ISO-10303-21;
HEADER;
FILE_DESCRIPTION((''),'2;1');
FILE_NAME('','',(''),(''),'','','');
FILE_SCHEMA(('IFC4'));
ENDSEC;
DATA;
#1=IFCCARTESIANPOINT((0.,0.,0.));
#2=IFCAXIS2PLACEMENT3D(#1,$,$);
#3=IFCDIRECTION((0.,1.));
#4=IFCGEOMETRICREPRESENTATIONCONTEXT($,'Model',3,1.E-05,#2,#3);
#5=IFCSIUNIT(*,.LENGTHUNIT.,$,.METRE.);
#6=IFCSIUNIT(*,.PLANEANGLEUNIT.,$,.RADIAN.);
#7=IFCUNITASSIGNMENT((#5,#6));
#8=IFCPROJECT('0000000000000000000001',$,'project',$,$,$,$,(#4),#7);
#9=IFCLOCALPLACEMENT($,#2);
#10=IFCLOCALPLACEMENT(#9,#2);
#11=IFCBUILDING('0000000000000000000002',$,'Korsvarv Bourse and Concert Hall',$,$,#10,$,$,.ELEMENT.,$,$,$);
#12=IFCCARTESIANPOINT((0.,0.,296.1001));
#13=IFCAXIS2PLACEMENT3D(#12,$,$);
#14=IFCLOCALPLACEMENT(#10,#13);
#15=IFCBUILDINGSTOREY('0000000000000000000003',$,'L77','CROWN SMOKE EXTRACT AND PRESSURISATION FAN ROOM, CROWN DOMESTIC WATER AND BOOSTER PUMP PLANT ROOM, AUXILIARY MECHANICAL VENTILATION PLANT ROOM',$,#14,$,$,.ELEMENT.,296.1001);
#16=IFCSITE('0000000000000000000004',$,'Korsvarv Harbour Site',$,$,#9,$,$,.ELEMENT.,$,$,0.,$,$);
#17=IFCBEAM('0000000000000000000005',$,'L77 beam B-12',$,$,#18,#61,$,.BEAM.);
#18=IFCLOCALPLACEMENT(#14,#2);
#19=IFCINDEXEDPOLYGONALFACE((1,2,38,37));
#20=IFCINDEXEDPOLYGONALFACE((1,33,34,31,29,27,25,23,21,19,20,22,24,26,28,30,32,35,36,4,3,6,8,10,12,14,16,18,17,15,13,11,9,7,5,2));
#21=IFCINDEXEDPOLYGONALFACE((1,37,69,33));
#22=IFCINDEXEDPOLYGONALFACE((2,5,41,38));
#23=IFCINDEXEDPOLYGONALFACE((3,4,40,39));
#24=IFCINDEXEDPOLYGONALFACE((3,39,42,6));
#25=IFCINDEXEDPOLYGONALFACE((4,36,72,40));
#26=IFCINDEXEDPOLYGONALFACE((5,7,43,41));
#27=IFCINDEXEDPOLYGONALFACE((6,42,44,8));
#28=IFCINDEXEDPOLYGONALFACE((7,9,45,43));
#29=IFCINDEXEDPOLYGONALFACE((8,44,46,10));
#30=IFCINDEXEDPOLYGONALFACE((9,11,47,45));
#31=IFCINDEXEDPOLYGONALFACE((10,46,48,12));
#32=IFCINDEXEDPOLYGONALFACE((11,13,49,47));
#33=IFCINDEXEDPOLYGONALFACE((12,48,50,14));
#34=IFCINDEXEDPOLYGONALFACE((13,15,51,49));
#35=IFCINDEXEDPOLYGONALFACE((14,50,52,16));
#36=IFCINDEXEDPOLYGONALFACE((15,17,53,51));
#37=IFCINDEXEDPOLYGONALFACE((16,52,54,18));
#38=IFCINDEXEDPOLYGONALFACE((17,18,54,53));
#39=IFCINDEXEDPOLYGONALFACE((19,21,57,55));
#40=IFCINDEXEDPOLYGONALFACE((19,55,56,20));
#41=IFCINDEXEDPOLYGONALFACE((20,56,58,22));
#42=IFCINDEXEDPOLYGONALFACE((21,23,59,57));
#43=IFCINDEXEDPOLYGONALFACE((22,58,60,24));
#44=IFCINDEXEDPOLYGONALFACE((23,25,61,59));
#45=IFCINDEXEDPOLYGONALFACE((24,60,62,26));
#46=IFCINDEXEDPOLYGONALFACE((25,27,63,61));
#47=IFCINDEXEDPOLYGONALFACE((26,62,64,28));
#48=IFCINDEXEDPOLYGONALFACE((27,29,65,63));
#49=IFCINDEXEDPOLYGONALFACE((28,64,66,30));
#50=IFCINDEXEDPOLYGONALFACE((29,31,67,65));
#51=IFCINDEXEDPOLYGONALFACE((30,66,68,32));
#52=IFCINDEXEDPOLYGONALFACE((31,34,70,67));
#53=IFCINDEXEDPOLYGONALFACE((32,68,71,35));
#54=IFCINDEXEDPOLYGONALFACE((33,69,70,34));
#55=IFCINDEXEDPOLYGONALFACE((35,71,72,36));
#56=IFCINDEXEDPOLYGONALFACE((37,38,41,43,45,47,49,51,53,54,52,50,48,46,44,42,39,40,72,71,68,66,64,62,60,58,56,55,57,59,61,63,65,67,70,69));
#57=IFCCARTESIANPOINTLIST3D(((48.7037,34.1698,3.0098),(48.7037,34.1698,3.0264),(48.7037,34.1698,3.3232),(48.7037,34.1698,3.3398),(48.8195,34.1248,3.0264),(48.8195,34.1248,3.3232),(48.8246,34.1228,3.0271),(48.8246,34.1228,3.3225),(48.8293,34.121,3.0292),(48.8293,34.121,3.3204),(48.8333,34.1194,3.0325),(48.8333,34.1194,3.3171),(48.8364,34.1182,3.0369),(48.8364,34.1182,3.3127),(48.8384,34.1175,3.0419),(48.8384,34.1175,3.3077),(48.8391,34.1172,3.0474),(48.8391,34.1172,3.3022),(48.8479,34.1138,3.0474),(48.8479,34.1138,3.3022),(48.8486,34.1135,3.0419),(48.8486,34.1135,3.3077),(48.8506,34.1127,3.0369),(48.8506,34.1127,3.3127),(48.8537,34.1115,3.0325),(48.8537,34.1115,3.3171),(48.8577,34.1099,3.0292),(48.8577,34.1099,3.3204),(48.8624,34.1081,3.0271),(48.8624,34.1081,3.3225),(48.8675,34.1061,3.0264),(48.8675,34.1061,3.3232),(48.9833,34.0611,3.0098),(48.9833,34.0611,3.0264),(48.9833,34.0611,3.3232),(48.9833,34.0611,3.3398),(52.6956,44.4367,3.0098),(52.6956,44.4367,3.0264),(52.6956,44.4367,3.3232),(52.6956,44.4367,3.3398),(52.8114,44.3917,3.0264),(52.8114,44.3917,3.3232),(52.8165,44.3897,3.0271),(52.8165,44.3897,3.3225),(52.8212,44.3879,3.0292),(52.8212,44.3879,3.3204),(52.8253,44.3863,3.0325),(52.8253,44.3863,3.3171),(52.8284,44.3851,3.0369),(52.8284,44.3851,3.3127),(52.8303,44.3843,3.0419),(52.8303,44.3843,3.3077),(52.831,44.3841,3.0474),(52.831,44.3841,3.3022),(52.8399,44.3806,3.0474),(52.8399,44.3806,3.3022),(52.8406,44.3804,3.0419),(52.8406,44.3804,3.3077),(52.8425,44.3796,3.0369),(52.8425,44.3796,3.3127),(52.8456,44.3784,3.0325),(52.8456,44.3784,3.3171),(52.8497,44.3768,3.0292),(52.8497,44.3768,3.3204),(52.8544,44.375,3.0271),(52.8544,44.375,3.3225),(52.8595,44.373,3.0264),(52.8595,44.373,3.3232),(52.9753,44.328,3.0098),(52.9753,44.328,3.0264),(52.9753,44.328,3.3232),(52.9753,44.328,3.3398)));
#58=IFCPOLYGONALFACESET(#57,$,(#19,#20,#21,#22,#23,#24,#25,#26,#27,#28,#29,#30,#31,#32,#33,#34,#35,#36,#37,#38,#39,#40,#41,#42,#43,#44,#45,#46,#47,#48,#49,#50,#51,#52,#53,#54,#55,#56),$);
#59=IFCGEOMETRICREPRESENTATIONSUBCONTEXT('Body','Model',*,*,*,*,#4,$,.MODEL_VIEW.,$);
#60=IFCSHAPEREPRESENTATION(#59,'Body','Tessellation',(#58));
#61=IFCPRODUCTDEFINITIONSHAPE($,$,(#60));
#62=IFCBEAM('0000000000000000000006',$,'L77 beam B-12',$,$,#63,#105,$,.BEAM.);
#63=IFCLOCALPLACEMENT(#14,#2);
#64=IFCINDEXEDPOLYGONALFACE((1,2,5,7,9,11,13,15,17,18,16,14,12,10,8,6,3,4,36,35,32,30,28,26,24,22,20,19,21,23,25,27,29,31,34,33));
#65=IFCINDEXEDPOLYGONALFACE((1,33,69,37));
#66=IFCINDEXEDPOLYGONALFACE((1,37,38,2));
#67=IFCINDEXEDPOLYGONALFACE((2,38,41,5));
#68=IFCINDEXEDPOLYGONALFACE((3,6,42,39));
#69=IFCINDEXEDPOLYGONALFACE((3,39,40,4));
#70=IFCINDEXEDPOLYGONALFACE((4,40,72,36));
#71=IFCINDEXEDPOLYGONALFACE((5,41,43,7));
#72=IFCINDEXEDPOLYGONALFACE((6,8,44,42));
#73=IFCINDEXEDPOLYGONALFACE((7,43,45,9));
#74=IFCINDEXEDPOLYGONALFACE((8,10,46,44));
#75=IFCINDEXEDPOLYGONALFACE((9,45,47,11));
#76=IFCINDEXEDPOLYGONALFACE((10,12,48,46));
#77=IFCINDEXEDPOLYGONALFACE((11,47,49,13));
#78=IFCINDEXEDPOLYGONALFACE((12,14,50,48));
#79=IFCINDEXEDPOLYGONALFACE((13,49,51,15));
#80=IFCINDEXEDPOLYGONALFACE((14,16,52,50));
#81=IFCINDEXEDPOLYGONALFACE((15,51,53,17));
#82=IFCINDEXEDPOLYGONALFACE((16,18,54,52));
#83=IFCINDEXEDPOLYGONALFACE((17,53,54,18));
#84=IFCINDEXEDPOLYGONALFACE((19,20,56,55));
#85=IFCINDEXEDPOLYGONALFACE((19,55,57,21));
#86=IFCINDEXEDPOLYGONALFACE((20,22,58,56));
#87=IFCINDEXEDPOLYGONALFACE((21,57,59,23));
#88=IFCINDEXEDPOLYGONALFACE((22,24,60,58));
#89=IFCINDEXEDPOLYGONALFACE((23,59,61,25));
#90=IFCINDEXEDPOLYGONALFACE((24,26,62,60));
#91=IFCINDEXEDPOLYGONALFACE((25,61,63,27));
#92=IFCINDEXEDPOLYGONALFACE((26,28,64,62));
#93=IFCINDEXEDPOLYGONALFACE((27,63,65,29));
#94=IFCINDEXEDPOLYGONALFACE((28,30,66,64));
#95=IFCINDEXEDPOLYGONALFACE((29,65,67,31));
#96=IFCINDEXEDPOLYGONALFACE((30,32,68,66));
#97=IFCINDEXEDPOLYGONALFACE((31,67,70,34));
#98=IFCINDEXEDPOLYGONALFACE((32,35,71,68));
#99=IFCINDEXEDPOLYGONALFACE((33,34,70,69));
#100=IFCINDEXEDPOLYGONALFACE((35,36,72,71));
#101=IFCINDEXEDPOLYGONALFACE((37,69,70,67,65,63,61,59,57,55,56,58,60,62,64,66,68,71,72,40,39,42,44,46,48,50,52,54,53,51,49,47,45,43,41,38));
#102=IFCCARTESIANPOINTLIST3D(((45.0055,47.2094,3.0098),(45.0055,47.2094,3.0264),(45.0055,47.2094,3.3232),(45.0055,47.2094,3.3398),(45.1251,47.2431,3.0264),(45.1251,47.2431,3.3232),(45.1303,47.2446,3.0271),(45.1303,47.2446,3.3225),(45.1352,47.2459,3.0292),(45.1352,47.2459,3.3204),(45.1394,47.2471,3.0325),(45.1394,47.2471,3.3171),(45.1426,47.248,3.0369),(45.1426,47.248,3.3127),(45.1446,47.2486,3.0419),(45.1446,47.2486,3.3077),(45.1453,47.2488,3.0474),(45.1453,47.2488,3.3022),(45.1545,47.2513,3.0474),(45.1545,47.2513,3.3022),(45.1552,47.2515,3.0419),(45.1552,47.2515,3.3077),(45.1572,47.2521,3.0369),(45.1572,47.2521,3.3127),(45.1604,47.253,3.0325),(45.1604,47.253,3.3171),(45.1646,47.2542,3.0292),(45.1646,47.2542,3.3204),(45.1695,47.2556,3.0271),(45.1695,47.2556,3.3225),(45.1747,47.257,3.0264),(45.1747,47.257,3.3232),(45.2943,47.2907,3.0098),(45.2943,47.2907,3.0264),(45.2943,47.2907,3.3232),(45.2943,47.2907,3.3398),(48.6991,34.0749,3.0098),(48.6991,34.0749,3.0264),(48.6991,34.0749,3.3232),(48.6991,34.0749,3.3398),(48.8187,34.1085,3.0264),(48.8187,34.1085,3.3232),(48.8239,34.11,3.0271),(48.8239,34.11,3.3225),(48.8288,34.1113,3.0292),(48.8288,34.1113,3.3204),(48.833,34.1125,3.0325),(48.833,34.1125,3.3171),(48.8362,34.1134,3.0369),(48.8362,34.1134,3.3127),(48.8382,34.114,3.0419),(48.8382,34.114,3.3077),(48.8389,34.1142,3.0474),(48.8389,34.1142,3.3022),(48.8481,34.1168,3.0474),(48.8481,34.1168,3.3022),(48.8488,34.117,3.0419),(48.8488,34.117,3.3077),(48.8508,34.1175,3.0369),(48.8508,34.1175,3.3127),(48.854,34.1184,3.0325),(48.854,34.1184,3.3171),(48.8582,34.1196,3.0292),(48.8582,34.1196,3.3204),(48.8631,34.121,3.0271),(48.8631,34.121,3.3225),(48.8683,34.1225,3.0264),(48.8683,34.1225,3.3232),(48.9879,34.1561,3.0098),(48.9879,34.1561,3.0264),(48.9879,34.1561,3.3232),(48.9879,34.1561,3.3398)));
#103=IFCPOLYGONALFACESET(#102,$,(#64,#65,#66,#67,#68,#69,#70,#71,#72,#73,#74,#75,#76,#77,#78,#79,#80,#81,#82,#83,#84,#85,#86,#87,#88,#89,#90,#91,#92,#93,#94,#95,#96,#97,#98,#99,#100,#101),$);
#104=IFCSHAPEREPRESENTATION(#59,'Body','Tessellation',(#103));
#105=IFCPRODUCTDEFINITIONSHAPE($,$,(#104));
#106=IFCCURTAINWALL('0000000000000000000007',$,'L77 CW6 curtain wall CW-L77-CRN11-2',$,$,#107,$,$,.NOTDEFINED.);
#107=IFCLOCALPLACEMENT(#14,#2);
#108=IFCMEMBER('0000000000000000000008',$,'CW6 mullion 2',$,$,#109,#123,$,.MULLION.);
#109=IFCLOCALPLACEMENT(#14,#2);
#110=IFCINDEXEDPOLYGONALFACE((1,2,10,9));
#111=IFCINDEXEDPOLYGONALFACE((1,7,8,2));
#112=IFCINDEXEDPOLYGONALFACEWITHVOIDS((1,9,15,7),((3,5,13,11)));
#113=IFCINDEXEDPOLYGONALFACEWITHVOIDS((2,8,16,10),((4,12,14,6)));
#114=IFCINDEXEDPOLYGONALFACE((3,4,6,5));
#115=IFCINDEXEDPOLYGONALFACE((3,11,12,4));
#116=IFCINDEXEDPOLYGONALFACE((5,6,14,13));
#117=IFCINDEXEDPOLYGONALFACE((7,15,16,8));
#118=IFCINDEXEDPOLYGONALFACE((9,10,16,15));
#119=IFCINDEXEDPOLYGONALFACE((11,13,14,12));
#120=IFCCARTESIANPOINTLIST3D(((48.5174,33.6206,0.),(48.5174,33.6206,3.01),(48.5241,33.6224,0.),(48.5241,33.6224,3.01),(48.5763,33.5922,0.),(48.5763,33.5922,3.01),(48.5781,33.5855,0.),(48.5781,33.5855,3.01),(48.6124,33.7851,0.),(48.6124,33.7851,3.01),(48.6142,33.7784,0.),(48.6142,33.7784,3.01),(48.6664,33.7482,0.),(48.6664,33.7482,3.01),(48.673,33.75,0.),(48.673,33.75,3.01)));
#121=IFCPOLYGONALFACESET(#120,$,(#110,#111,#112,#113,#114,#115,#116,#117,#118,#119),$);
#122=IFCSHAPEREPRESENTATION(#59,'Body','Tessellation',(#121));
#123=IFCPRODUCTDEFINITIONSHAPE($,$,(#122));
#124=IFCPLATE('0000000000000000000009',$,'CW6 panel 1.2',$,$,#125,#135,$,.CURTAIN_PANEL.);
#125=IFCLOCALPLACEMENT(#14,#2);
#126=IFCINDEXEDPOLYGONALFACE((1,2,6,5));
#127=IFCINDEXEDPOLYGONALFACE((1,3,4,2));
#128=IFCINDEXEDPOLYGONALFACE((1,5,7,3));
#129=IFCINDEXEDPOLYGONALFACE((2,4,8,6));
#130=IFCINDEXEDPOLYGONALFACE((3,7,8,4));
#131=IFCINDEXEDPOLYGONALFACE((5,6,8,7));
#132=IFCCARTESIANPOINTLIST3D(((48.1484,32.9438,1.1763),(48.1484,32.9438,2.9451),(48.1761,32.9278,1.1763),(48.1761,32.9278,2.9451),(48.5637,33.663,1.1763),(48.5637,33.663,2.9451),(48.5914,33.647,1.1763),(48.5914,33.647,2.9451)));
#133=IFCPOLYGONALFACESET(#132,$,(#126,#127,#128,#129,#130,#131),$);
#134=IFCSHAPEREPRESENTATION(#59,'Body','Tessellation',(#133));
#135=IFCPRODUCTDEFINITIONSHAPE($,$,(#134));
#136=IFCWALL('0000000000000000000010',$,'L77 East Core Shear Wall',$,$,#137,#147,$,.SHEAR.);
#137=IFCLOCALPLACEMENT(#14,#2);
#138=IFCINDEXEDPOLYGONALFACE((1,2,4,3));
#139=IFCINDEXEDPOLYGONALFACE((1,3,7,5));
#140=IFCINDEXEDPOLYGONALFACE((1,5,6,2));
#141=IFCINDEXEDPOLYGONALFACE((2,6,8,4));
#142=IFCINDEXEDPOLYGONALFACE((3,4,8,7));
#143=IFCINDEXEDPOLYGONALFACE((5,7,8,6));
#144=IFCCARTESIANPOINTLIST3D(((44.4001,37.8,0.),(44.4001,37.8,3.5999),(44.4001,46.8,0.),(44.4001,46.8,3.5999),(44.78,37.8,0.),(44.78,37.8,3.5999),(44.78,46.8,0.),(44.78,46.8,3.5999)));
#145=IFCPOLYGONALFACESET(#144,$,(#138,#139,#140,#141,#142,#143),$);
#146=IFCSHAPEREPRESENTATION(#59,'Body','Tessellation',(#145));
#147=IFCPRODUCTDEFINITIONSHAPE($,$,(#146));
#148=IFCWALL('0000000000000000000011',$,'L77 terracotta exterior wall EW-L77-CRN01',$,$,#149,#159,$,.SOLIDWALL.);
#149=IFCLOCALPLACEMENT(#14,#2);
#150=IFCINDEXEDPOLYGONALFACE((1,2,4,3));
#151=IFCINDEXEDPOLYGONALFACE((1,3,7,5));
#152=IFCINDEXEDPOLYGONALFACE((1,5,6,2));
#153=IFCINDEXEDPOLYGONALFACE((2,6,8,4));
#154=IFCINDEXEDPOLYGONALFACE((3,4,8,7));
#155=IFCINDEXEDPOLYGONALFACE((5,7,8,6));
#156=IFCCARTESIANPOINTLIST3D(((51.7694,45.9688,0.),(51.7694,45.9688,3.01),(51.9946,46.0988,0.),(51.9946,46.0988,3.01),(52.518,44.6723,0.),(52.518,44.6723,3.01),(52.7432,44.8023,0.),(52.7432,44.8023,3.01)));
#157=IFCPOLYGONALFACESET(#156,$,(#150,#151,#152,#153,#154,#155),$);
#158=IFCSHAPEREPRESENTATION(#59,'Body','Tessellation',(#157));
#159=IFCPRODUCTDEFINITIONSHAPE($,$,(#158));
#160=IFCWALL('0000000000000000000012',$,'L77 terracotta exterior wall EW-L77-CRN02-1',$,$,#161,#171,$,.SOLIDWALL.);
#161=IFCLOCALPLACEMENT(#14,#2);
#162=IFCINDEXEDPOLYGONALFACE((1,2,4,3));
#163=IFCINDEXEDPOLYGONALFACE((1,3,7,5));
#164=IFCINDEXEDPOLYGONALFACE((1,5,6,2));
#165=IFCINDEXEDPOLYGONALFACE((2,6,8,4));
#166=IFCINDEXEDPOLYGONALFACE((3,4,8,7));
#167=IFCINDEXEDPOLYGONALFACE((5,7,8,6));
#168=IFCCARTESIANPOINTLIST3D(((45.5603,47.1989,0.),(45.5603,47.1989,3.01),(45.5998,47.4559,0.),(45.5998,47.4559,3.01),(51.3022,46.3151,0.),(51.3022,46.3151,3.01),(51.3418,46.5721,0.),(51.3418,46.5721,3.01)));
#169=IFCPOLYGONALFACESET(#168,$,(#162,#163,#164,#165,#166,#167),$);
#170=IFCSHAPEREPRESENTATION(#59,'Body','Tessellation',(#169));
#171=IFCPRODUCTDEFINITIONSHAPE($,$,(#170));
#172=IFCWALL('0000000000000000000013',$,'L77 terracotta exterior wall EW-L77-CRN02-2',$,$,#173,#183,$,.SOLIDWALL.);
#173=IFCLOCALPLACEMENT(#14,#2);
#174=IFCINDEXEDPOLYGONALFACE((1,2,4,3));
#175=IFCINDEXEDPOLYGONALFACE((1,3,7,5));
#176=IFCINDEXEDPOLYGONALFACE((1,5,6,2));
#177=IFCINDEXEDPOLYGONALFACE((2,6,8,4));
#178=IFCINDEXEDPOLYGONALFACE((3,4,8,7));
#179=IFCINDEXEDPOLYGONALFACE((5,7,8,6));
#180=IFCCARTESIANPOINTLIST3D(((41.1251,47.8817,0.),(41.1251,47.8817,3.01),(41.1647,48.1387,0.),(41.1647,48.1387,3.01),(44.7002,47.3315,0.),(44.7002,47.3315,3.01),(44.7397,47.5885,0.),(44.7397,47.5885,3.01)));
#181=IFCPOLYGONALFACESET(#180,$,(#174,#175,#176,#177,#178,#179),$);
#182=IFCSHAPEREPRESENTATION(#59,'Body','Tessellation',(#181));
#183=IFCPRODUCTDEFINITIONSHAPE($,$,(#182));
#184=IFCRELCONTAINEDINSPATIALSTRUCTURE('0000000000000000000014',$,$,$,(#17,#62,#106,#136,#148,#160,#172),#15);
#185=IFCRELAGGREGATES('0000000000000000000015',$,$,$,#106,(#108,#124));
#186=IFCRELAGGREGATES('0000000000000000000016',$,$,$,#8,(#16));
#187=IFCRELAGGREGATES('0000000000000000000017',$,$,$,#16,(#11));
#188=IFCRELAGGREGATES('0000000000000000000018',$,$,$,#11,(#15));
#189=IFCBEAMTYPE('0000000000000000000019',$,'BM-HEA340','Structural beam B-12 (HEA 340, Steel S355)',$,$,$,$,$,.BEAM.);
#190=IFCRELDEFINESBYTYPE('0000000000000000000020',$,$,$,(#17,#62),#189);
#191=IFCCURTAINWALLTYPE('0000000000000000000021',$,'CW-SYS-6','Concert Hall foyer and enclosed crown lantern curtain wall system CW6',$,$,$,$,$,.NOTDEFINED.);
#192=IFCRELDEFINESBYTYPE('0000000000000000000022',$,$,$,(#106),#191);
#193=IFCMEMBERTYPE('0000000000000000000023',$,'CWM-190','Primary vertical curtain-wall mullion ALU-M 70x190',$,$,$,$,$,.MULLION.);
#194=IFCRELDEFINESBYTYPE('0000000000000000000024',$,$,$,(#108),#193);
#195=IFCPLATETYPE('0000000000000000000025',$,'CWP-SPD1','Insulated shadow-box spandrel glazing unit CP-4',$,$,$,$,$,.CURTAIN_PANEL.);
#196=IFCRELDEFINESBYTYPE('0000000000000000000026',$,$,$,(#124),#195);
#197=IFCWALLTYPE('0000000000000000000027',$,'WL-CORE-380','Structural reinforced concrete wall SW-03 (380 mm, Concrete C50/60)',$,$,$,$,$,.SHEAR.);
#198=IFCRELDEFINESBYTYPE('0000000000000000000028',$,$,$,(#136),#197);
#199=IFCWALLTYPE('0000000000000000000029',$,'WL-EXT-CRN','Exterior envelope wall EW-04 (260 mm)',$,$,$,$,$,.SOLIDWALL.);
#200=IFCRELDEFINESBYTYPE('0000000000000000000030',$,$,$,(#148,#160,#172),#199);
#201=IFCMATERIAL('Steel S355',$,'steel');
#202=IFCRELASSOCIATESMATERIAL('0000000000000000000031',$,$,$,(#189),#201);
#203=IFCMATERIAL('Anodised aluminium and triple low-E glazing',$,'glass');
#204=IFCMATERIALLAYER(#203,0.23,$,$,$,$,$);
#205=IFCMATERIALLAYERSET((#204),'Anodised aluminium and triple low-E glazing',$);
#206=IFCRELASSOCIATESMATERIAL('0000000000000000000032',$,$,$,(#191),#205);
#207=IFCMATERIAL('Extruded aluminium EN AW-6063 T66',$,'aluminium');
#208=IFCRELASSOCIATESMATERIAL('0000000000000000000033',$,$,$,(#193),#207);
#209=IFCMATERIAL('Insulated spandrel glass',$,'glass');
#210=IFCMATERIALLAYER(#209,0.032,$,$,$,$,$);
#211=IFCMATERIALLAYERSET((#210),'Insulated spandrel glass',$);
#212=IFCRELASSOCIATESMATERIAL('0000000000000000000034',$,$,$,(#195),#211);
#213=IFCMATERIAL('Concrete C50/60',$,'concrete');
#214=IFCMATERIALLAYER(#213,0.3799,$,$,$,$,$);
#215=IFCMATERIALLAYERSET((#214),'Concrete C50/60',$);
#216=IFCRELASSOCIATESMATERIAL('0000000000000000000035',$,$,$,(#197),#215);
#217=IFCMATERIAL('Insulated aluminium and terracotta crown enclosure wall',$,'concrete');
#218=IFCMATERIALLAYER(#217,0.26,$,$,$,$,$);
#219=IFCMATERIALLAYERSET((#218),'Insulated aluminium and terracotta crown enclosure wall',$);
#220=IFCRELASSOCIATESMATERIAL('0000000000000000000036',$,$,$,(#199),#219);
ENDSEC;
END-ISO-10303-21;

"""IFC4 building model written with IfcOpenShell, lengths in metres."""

from ifc_helpers import new_model, si_unit, direction, frame, frame_2d, origin, origin_2d, place, context, subcontext, project, spatial, rectangle, hollow_rectangle, i_section, extrude, source, transform, mapped, material, layer, layer_set, material_profile, profile_set, type_object, element, aggregate, save


model = new_model("IFC4")

# Units and contexts
model_context = context("Model", 3, precision=1e-05, world=origin(), true_north=direction((0.0, 1.0)))
body_context = subcontext(model_context, "Body", "Model", "MODEL_VIEW")
ifc_project = project(units=[si_unit("LENGTHUNIT", "METRE"), si_unit("PLANEANGLEUNIT", "RADIAN")], contexts=[model_context])

# Site, building, storey
site_placement = place(None, origin())
site = spatial("IfcSite", under=ifc_project, at=site_placement, Name="Korsvarv Harbour Site", CompositionType="ELEMENT", RefElevation=0.0)
building_placement = place(site_placement, origin())
building = spatial("IfcBuilding", under=site, at=building_placement, Name="Korsvarv Bourse and Concert Hall", CompositionType="ELEMENT")
storey_placement = place(building_placement, frame((0.0, 0.0, 296.1001)))
storey = spatial("IfcBuildingStorey", under=building, at=storey_placement, Name="L77", Description="CROWN SMOKE EXTRACT AND PRESSURISATION FAN ROOM, CROWN DOMESTIC WATER AND BOOSTER PUMP PLANT ROOM, AUXILIARY MECHANICAL VENTILATION PLANT ROOM", CompositionType="ELEMENT", Elevation=296.1001)

# Shared definitions
ifc_material_1 = material(Name="Concrete C50/60", Category="concrete")

# Beams
ifc_material_2 = material(Name="Steel S355", Category="steel")
ifc_material_profile_1 = material_profile(ifc_material_2, i_section(OverallWidth=0.3, OverallDepth=0.3301, WebThickness=0.0095, FlangeThickness=0.0166, FilletRadius=0.021, at=origin_2d()), Name="HEA 340")
ifc_profile_set_1 = profile_set([ifc_material_profile_1], Name="Steel S355")
beam_type = type_object("IfcBeamType", Name="BM-HEA340", Description="Structural beam B-12 (HEA 340, Steel S355)", PredefinedType="BEAM", material=ifc_profile_set_1)
shared_shape_1 = source(origin(), body_context, "Body", "SweptSolid", [
    extrude(i_section(OverallWidth=0.3, OverallDepth=0.3301, WebThickness=0.0095, FlangeThickness=0.0166, FilletRadius=0.021, at=origin_2d()), origin(), (0.0, 0.0, 1.0), 11.0156),
])
beam_1_placement = place(storey_placement, frame((48.8435, 34.1155, 3.1748), z_axis=(0.36239, 0.932027, 0.0), x_axis=(-0.932027, 0.36239, 0.0)))
element("IfcBeam", 1, at=beam_1_placement, inside=storey, type_object=beam_type, Name="L77 beam B-12", PredefinedType="BEAM", context=body_context, shape_type="MappedRepresentation", body=[
    mapped(shared_shape_1, transform((0.0, 0.0, 0.0), scale=1.0)),
])
shared_shape_2 = source(origin(), body_context, "Body", "SweptSolid", [
    extrude(i_section(OverallWidth=0.3, OverallDepth=0.3301, WebThickness=0.0095, FlangeThickness=0.0166, FilletRadius=0.021, at=origin_2d()), origin(), (0.0, 0.0, 1.0), 13.644),
])
beam_2_placement = place(storey_placement, frame((48.8435, 34.1155, 3.1748), z_axis=(-0.270713, 0.96266, 0.0), x_axis=(-0.96266, -0.270713, 0.0)))
element("IfcBeam", 2, at=beam_2_placement, inside=storey, type_object=beam_type, Name="L77 beam B-12", PredefinedType="BEAM", context=body_context, shape_type="MappedRepresentation", body=[
    mapped(shared_shape_2, transform((0.0, 0.0, 0.0), scale=1.0)),
])

# Curtain wall, member, plate
ifc_material_3 = material(Name="Anodised aluminium and triple low-E glazing", Category="glass")
ifc_layer_1 = layer(ifc_material_3, 0.23)
ifc_layer_set_1 = layer_set([ifc_layer_1], Name="Anodised aluminium and triple low-E glazing")
curtain_wall_type = type_object("IfcCurtainWallType", Name="CW-SYS-6", Description="Concert Hall foyer and enclosed crown lantern curtain wall system CW6", PredefinedType="NOTDEFINED", material=ifc_layer_set_1)
curtain_wall_placement = place(storey_placement, origin())
curtain_wall = element("IfcCurtainWall", 3, at=curtain_wall_placement, inside=storey, type_object=curtain_wall_type, Name="L77 CW6 curtain wall CW-L77-CRN11-2", PredefinedType="NOTDEFINED")
ifc_material_4 = material(Name="Extruded aluminium EN AW-6063 T66", Category="aluminium")
ifc_material_profile_2 = material_profile(ifc_material_4, hollow_rectangle(XDim=0.0701, YDim=0.1899, WallThickness=0.0049, at=origin_2d()), Name="ALU-M 70x190")
ifc_profile_set_2 = profile_set([ifc_material_profile_2], Name="Extruded aluminium EN AW-6063 T66")
member_type = type_object("IfcMemberType", Name="CWM-190", Description="Primary vertical curtain-wall mullion ALU-M 70x190", PredefinedType="MULLION", material=ifc_profile_set_2)
shared_shape_3 = source(origin(), body_context, "Body", "SweptSolid", [
    extrude(hollow_rectangle(XDim=0.0701, YDim=0.1899, WallThickness=0.0049, at=origin_2d()), origin(), (0.0, 0.0, 1.0), 3.01),
])
member_placement = place(storey_placement, frame((48.5952, 33.6853, 0.0), z_axis=(0.0, 0.0, 1.0), x_axis=(-0.86599, 0.500061, 0.0)))
member = element("IfcMember", 4, at=member_placement, type_object=member_type, Name="CW6 mullion 2", PredefinedType="MULLION", context=body_context, shape_type="MappedRepresentation", body=[
    mapped(shared_shape_3, transform((0.0, 0.0, 0.0), scale=1.0)),
])
ifc_material_5 = material(Name="Insulated spandrel glass", Category="glass")
ifc_layer_2 = layer(ifc_material_5, 0.032)
ifc_layer_set_2 = layer_set([ifc_layer_2], Name="Insulated spandrel glass")
plate_type = type_object("IfcPlateType", Name="CWP-SPD1", Description="Insulated shadow-box spandrel glazing unit CP-4", PredefinedType="CURTAIN_PANEL", material=ifc_layer_set_2)
shared_shape_4 = source(origin(), body_context, "Body", "SweptSolid", [
    extrude(rectangle(XDim=0.8306, YDim=0.032, at=origin_2d()), origin(), (0.0, 0.0, 1.0), 1.7688),
])
plate_placement = place(storey_placement, frame((48.3699, 33.2954, 1.1763), z_axis=(0.0, 0.0, 1.0), x_axis=(0.500061, 0.86599, 0.0)))
plate = element("IfcPlate", 5, at=plate_placement, type_object=plate_type, Name="CW6 panel 1.2", PredefinedType="CURTAIN_PANEL", context=body_context, shape_type="MappedRepresentation", body=[
    mapped(shared_shape_4, transform((0.0, 0.0, 0.0), scale=1.0)),
])
aggregate(curtain_wall, [member, plate])

# Walls
ifc_layer_3 = layer(ifc_material_1, 0.3799)
ifc_layer_set_3 = layer_set([ifc_layer_3], Name="Concrete C50/60")
wall_type_1 = type_object("IfcWallType", Name="WL-CORE-380", Description="Structural reinforced concrete wall SW-03 (380 mm, Concrete C50/60)", PredefinedType="SHEAR", material=ifc_layer_set_3)
wall_1_placement = place(storey_placement, frame((44.5901, 37.8, 0.0), z_axis=(0.0, 0.0, 1.0), x_axis=(0.0, 1.0, 0.0)))
element("IfcWall", 6, at=wall_1_placement, inside=storey, type_object=wall_type_1, Name="L77 East Core Shear Wall", PredefinedType="SHEAR", context=body_context, shape_type="SweptSolid", body=[
    extrude(rectangle(XDim=9.0, YDim=0.3799, at=frame_2d((4.5, 0.0))), origin(), (0.0, 0.0, 1.0), 3.5999),
])
ifc_material_6 = material(Name="Insulated aluminium and terracotta crown enclosure wall", Category="concrete")
ifc_layer_4 = layer(ifc_material_6, 0.26)
ifc_layer_set_4 = layer_set([ifc_layer_4], Name="Insulated aluminium and terracotta crown enclosure wall")
wall_type_2 = type_object("IfcWallType", Name="WL-EXT-CRN", Description="Exterior envelope wall EW-04 (260 mm)", PredefinedType="SOLIDWALL", material=ifc_layer_set_4)
wall_2_placement = place(storey_placement, frame((52.6306, 44.7373, 0.0), z_axis=(0.0, 0.0, 1.0), x_axis=(-0.500033, 0.866006, 0.0)))
element("IfcWall", 7, at=wall_2_placement, inside=storey, type_object=wall_type_2, Name="L77 terracotta exterior wall EW-L77-CRN01", PredefinedType="SOLIDWALL", context=body_context, shape_type="SweptSolid", body=[
    extrude(rectangle(XDim=1.4971, YDim=0.26, at=frame_2d((0.7485, 0.0))), origin(), (0.0, 0.0, 1.0), 3.01),
])
wall_3_placement = place(storey_placement, frame((51.322, 46.4436, 0.0), z_axis=(0.0, 0.0, 1.0), x_axis=(-0.988361, 0.152127, 0.0)))
element("IfcWall", 8, at=wall_3_placement, inside=storey, type_object=wall_type_2, Name="L77 terracotta exterior wall EW-L77-CRN02-1", PredefinedType="SOLIDWALL", context=body_context, shape_type="SweptSolid", body=[
    extrude(rectangle(XDim=5.8096, YDim=0.26, at=frame_2d((2.9048, 0.0))), origin(), (0.0, 0.0, 1.0), 3.01),
])
wall_4_placement = place(storey_placement, frame((44.72, 47.46, 0.0), z_axis=(0.0, 0.0, 1.0), x_axis=(-0.988361, 0.152128, 0.0)))
element("IfcWall", 9, at=wall_4_placement, inside=storey, type_object=wall_type_2, Name="L77 terracotta exterior wall EW-L77-CRN02-2", PredefinedType="SOLIDWALL", context=body_context, shape_type="SweptSolid", body=[
    extrude(rectangle(XDim=3.6172, YDim=0.26, at=frame_2d((1.8086, 0.0))), origin(), (0.0, 0.0, 1.0), 3.01),
])

save(model, "model.ifc")
